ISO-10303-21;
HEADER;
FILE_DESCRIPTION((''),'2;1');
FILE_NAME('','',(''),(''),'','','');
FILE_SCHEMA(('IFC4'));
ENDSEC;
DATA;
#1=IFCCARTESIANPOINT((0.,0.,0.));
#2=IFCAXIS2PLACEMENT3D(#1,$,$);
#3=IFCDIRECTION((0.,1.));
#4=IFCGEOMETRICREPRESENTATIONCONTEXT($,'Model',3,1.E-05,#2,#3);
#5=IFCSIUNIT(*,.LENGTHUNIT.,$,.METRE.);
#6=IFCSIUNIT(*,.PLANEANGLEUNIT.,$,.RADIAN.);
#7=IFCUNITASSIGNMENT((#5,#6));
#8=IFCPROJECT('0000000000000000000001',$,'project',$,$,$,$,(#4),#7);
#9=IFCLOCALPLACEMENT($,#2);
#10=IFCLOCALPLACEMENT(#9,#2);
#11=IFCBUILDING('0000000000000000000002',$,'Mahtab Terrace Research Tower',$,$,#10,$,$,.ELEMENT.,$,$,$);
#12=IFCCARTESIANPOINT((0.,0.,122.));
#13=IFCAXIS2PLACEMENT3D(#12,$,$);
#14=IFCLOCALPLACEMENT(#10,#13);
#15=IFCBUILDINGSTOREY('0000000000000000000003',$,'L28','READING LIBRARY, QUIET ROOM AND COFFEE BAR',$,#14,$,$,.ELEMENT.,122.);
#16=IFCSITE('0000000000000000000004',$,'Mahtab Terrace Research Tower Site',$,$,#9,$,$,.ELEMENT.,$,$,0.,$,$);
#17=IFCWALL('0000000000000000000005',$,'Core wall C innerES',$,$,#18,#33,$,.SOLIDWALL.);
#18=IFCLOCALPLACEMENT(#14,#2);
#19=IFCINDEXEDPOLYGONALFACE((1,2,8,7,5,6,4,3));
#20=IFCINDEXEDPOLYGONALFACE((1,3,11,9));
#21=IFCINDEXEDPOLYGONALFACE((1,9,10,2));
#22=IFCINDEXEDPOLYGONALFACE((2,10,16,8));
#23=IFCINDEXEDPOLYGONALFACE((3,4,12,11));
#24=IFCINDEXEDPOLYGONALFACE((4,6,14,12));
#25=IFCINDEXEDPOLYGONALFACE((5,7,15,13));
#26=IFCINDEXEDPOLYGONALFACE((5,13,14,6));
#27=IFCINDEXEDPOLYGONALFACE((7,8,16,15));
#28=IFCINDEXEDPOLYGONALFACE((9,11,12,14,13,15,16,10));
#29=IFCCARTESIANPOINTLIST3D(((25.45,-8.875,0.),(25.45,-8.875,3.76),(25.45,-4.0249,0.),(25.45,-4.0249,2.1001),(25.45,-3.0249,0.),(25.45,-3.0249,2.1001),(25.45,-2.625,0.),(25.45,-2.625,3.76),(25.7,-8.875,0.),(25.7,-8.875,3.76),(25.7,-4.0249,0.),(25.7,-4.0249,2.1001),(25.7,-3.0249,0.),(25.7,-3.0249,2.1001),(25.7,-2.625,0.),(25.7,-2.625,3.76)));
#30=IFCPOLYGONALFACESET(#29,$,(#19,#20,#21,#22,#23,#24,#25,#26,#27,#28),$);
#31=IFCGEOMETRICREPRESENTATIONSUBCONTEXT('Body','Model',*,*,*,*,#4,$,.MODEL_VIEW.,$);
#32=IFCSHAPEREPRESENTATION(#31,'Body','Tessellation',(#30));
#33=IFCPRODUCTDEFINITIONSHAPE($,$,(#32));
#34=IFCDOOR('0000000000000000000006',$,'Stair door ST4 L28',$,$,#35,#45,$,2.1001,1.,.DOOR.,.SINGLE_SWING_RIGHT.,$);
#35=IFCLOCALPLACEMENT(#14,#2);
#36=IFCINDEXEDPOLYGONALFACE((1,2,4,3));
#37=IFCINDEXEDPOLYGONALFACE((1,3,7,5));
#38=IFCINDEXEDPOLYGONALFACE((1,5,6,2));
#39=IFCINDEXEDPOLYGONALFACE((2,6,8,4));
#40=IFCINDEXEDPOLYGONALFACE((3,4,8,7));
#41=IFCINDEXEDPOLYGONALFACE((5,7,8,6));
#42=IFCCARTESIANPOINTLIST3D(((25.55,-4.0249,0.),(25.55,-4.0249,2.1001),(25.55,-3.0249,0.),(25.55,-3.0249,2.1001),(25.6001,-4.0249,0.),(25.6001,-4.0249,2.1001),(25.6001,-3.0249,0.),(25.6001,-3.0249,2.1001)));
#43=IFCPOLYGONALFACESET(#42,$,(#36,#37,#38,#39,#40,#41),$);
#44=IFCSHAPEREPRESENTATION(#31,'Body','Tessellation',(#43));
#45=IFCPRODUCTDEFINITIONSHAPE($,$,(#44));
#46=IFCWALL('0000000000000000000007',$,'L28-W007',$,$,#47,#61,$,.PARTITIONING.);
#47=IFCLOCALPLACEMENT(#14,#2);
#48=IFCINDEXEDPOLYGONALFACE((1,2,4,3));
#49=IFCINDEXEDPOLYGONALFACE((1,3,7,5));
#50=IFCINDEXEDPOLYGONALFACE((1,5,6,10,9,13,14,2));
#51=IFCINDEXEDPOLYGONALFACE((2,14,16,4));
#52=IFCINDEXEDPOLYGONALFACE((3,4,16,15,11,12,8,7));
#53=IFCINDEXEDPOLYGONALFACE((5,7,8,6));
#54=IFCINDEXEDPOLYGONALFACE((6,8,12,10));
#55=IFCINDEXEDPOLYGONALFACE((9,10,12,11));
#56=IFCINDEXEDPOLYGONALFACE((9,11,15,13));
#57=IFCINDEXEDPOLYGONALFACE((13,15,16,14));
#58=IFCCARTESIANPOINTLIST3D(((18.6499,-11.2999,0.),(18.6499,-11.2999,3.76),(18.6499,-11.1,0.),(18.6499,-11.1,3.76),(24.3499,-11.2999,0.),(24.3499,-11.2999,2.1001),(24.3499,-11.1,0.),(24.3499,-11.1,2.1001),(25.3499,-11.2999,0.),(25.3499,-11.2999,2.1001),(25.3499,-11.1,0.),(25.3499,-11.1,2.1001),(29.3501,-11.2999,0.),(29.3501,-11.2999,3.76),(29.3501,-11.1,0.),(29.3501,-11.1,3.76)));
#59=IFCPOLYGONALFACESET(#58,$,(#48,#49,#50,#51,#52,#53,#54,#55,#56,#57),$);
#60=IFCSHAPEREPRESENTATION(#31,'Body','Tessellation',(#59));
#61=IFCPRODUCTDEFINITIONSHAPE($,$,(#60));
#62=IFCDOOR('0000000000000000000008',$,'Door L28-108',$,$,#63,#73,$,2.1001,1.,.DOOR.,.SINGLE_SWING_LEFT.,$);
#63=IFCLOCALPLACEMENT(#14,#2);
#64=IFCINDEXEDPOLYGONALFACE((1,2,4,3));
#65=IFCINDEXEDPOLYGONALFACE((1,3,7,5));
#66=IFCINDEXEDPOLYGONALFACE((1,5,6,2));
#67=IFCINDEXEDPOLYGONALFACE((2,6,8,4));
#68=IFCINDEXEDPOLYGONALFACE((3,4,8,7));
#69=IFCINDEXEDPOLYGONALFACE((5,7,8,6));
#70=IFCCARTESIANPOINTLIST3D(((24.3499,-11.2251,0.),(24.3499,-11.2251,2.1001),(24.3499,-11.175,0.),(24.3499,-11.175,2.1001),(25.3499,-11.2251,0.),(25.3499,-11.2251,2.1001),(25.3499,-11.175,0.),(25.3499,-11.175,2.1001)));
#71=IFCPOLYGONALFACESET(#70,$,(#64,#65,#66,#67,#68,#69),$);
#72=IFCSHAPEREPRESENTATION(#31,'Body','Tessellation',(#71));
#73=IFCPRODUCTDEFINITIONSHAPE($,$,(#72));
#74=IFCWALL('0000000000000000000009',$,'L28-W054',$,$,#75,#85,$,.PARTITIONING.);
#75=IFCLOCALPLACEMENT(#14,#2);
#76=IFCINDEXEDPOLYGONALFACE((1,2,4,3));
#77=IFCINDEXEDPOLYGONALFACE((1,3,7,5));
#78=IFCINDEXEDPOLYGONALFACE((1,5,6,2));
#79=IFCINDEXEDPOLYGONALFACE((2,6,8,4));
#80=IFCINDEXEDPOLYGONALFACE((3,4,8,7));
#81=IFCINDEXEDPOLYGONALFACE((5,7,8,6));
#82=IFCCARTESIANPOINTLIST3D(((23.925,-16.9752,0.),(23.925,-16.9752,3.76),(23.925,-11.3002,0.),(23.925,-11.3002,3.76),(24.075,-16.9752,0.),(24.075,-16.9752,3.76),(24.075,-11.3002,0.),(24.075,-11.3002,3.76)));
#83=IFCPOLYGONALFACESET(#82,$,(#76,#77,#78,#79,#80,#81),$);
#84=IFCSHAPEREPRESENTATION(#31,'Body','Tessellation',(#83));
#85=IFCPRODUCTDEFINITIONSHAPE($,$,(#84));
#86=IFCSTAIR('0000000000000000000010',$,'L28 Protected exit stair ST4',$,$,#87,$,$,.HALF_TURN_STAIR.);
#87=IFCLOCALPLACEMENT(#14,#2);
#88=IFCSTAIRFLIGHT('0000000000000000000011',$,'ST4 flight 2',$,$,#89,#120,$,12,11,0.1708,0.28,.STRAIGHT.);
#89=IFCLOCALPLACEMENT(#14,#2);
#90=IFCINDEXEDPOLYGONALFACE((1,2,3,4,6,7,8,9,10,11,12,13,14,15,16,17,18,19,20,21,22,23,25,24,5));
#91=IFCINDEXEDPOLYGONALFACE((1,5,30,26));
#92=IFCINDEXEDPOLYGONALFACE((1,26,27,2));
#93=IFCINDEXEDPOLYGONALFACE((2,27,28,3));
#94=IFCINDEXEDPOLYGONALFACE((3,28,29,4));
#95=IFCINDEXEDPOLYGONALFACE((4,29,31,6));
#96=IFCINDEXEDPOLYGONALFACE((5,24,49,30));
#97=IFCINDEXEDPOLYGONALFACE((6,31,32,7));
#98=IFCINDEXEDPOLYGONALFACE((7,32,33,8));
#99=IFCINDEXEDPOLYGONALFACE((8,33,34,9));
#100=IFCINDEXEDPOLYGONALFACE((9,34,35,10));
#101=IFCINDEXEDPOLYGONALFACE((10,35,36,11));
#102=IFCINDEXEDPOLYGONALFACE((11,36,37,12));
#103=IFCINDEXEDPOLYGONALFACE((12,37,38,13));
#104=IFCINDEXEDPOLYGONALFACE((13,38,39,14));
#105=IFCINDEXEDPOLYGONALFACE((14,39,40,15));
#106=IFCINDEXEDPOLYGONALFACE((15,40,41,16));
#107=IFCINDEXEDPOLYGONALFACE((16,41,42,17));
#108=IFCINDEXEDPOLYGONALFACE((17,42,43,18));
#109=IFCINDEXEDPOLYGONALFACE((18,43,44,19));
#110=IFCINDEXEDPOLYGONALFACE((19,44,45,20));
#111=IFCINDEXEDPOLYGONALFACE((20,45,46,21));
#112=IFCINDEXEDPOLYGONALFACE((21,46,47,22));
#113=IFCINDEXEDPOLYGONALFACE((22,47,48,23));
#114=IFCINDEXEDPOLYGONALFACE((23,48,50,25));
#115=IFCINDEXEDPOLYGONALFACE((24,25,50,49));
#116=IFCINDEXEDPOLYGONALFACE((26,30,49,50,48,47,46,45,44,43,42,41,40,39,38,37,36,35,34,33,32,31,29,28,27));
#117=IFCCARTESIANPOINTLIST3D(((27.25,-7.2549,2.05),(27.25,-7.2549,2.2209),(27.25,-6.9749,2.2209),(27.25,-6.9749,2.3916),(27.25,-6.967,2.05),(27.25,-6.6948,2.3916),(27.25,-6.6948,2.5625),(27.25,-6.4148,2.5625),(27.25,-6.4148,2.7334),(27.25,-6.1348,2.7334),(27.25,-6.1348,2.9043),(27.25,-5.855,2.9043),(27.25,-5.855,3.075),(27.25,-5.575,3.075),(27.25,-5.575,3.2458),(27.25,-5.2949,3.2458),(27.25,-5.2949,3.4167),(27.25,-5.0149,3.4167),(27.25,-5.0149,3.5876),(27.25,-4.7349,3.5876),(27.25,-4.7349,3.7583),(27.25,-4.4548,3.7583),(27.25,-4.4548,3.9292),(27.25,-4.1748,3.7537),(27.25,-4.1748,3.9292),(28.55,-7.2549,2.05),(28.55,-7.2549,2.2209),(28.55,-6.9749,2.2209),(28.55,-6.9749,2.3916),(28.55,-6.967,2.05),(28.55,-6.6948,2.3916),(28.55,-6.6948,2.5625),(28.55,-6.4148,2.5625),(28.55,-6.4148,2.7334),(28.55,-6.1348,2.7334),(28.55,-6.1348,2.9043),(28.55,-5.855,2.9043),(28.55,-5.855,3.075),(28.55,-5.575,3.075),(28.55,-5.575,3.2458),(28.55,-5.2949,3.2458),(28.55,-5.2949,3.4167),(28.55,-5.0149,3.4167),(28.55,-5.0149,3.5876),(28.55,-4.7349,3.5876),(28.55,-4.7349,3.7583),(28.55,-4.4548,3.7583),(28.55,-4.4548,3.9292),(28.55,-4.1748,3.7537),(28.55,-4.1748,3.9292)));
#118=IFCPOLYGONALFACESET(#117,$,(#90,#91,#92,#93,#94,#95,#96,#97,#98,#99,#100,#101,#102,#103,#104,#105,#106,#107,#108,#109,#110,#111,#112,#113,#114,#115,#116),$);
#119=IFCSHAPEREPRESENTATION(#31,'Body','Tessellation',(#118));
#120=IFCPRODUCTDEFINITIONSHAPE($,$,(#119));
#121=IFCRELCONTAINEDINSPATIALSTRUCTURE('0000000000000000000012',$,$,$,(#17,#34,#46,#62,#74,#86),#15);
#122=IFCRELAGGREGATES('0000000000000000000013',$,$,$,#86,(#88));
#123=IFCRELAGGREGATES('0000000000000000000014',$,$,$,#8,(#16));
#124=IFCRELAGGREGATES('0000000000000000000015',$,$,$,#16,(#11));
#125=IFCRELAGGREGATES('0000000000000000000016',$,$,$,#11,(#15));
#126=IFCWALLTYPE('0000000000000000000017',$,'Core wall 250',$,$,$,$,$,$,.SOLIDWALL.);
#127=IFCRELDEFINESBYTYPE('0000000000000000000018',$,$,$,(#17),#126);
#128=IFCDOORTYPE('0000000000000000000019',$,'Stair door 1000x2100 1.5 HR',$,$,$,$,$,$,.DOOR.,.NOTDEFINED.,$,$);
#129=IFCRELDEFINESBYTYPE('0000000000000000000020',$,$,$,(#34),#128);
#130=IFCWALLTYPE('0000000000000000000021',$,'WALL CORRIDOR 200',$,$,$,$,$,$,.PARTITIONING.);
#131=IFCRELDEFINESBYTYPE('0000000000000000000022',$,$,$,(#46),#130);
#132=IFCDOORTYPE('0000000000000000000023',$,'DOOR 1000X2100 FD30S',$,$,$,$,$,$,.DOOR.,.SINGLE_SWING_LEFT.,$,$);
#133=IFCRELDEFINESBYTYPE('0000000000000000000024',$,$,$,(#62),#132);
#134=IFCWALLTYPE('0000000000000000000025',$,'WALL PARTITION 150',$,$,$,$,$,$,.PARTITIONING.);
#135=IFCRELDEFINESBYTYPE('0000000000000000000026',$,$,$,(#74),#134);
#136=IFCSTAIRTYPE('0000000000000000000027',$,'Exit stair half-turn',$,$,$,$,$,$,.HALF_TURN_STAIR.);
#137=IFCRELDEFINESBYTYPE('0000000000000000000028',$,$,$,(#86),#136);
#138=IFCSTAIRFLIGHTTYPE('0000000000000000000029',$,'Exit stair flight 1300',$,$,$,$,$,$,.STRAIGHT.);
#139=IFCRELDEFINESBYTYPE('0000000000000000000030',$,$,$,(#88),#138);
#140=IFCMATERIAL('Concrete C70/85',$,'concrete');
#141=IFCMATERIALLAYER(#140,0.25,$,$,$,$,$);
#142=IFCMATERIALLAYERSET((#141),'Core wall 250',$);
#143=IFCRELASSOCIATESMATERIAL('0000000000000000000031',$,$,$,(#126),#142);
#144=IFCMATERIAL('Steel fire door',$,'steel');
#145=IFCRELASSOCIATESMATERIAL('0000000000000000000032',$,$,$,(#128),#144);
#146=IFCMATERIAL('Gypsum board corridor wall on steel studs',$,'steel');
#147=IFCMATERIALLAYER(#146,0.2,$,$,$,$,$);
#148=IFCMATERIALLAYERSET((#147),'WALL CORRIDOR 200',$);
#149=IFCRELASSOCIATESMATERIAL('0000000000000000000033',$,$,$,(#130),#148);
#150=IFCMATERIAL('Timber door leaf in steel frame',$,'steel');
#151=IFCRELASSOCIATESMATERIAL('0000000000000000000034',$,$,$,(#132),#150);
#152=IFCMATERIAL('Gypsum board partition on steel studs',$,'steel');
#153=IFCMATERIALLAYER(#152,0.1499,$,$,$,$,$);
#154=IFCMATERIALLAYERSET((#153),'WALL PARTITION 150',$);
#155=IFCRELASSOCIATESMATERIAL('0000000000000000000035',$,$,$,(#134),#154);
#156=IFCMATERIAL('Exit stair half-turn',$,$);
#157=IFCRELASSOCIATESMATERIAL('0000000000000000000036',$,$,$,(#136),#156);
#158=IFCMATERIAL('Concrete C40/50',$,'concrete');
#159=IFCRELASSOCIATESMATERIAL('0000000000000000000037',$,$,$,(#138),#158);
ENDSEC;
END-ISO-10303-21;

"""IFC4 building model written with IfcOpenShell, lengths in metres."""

from ifc_helpers import new_model, si_unit, direction, frame, frame_2d, origin, place, context, subcontext, project, spatial, polyline, rectangle, outline, extrude, material, layer, layer_set, type_object, element, fill, aggregate, save


model = new_model("IFC4")

# Units and contexts
model_context = context("Model", 3, precision=1e-05, world=origin(), true_north=direction((0.0, 1.0)))
body_context = subcontext(model_context, "Body", "Model", "MODEL_VIEW")
ifc_project = project(units=[si_unit("LENGTHUNIT", "METRE"), si_unit("PLANEANGLEUNIT", "RADIAN")], contexts=[model_context])

# Site, building, storey
site_placement = place(None, origin())
site = spatial("IfcSite", under=ifc_project, at=site_placement, Name="Mahtab Terrace Research Tower Site", CompositionType="ELEMENT", RefElevation=0.0)
building_placement = place(site_placement, origin())
building = spatial("IfcBuilding", under=site, at=building_placement, Name="Mahtab Terrace Research Tower", CompositionType="ELEMENT")
storey_placement = place(building_placement, frame((0.0, 0.0, 122.0)))
storey = spatial("IfcBuildingStorey", under=building, at=storey_placement, Name="L28", Description="READING LIBRARY, QUIET ROOM AND COFFEE BAR", CompositionType="ELEMENT", Elevation=122.0)

# Shared definitions
ifc_material_1 = material(Name="Concrete C70/85", Category="concrete")
ifc_layer_1 = layer(ifc_material_1, 0.25)
ifc_layer_set_1 = layer_set([ifc_layer_1], Name="Core wall 250")
wall_type_1 = type_object("IfcWallType", Name="Core wall 250", PredefinedType="SOLIDWALL", material=ifc_layer_set_1)
ifc_material_2 = material(Name="Steel fire door", Category="steel")

# Walls, openings, doors
wall_1_placement = place(storey_placement, frame((25.575, -8.875, 0.0), z_axis=(0.0, 0.0, 1.0), x_axis=(0.0, 1.0, 0.0)))
wall_1 = element("IfcWall", 1, at=wall_1_placement, inside=storey, type_object=wall_type_1, Name="Core wall C innerES", PredefinedType="SOLIDWALL", context=body_context, shape_type="SweptSolid", body=[
    extrude(rectangle(XDim=6.25, YDim=0.25, at=frame_2d((3.125, 0.0))), origin(), (0.0, 0.0, 1.0), 3.76),
])
opening_1_placement = place(wall_1_placement, frame((4.8501, 0.0, 0.0)))
opening_1 = element("IfcOpeningElement", 2, at=opening_1_placement, cuts=wall_1, PredefinedType="OPENING", context=body_context, shape_type="SweptSolid", body=[
    extrude(rectangle(XDim=1.0, YDim=2.1001, at=frame_2d((0.5, 1.05))), frame((0.0, 0.135, 0.0), z_axis=(0.0, -1.0, 0.0), x_axis=(1.0, 0.0, 0.0)), (0.0, 0.0, 1.0), 0.27),
])
door_type_1 = type_object("IfcDoorType", Name="Stair door 1000x2100 1.5 HR", OperationType="NOTDEFINED", PredefinedType="DOOR", material=ifc_material_2)
door_1_placement = place(opening_1_placement, origin())
door_1 = element("IfcDoor", 3, at=door_1_placement, inside=storey, type_object=door_type_1, Name="Stair door ST4 L28", OperationType="SINGLE_SWING_RIGHT", OverallHeight=2.1001, OverallWidth=1.0, PredefinedType="DOOR", context=body_context, shape_type="SweptSolid", body=[
    extrude(rectangle(XDim=1.0, YDim=2.1001, at=frame_2d((0.5, 1.05))), frame((0.0, 0.0249, 0.0), z_axis=(0.0, -1.0, 0.0), x_axis=(1.0, 0.0, 0.0)), (0.0, 0.0, 1.0), 0.05),
])
fill(opening_1, door_1)
ifc_material_3 = material(Name="Gypsum board corridor wall on steel studs", Category="steel")
ifc_layer_2 = layer(ifc_material_3, 0.2)
ifc_layer_set_2 = layer_set([ifc_layer_2], Name="WALL CORRIDOR 200")
wall_type_2 = type_object("IfcWallType", Name="WALL CORRIDOR 200", PredefinedType="PARTITIONING", material=ifc_layer_set_2)
wall_2_placement = place(storey_placement, frame((18.6499, -11.2, 0.0), z_axis=(0.0, 0.0, 1.0), x_axis=(1.0, 0.0, 0.0)))
wall_2 = element("IfcWall", 4, at=wall_2_placement, inside=storey, type_object=wall_type_2, Name="L28-W007", PredefinedType="PARTITIONING", context=body_context, shape_type="SweptSolid", body=[
    extrude(rectangle(XDim=10.7002, YDim=0.2, at=frame_2d((5.3501, 0.0))), origin(), (0.0, 0.0, 1.0), 3.76),
])
opening_2_placement = place(wall_2_placement, frame((5.7, 0.0, 0.0)))
opening_2 = element("IfcOpeningElement", 5, at=opening_2_placement, cuts=wall_2, PredefinedType="OPENING", context=body_context, shape_type="SweptSolid", body=[
    extrude(rectangle(XDim=1.0, YDim=2.1001, at=frame_2d((0.5, 1.05))), frame((0.0, 0.1099, 0.0), z_axis=(0.0, -1.0, 0.0), x_axis=(1.0, 0.0, 0.0)), (0.0, 0.0, 1.0), 0.22),
])
ifc_material_4 = material(Name="Timber door leaf in steel frame", Category="steel")
door_type_2 = type_object("IfcDoorType", Name="DOOR 1000X2100 FD30S", OperationType="SINGLE_SWING_LEFT", PredefinedType="DOOR", material=ifc_material_4)
door_2_placement = place(opening_2_placement, origin())
door_2 = element("IfcDoor", 6, at=door_2_placement, inside=storey, type_object=door_type_2, Name="Door L28-108", OperationType="SINGLE_SWING_LEFT", OverallHeight=2.1001, OverallWidth=1.0, PredefinedType="DOOR", context=body_context, shape_type="SweptSolid", body=[
    extrude(rectangle(XDim=1.0, YDim=2.1001, at=frame_2d((0.5, 1.05))), frame((0.0, 0.0249, 0.0), z_axis=(0.0, -1.0, 0.0), x_axis=(1.0, 0.0, 0.0)), (0.0, 0.0, 1.0), 0.05),
])
fill(opening_2, door_2)

# Wall
ifc_material_5 = material(Name="Gypsum board partition on steel studs", Category="steel")
ifc_layer_3 = layer(ifc_material_5, 0.1499)
ifc_layer_set_3 = layer_set([ifc_layer_3], Name="WALL PARTITION 150")
wall_type_3 = type_object("IfcWallType", Name="WALL PARTITION 150", PredefinedType="PARTITIONING", material=ifc_layer_set_3)
wall_3_placement = place(storey_placement, frame((24.0, -16.9751, 0.0), z_axis=(0.0, 0.0, 1.0), x_axis=(0.0, 1.0, 0.0)))
element("IfcWall", 7, at=wall_3_placement, inside=storey, type_object=wall_type_3, Name="L28-W054", PredefinedType="PARTITIONING", context=body_context, shape_type="SweptSolid", body=[
    extrude(rectangle(XDim=5.675, YDim=0.1499, at=frame_2d((2.8374, 0.0))), origin(), (0.0, 0.0, 1.0), 3.76),
])

# Stair, stair flight
ifc_material_6 = material(Name="Exit stair half-turn")
stair_type = type_object("IfcStairType", Name="Exit stair half-turn", PredefinedType="HALF_TURN_STAIR", material=ifc_material_6)
stair_placement = place(storey_placement, origin())
stair = element("IfcStair", 8, at=stair_placement, inside=storey, type_object=stair_type, Name="L28 Protected exit stair ST4", PredefinedType="HALF_TURN_STAIR")
ifc_material_7 = material(Name="Concrete C40/50", Category="concrete")
stair_flight_type = type_object("IfcStairFlightType", Name="Exit stair flight 1300", PredefinedType="STRAIGHT", material=ifc_material_7)
stair_flight_placement = place(storey_placement, frame((27.8999, -7.2549, 2.05), z_axis=(0.0, 0.0, 1.0), x_axis=(0.0, 1.0, 0.0)))
stair_flight = element("IfcStairFlight", 9, at=stair_flight_placement, type_object=stair_flight_type, Name="ST4 flight 2", NumberOfRisers=12, NumberOfTreads=11, PredefinedType="STRAIGHT", RiserHeight=0.1708, TreadLength=0.28, context=body_context, shape_type="SweptSolid", body=[
    extrude(outline(polyline([(0.0, 0.0), (0.0, 0.1709), (0.28, 0.1709), (0.28, 0.3416), (0.5601, 0.3416), (0.5601, 0.5125), (0.8401, 0.5125), (0.8401, 0.6833), (1.1201, 0.6833), (1.1201, 0.8542), (1.3999, 0.8542), (1.3999, 1.0249), (1.6799, 1.0249), (1.6799, 1.1958), (1.96, 1.1958), (1.96, 1.3667), (2.24, 1.3667), (2.24, 1.5376), (2.52, 1.5376), (2.52, 1.7083), (2.8, 1.7083), (2.8, 1.8792), (3.0801, 1.8792), (3.0801, 2.05), (3.0801, 1.7036), (0.2878, 0.0), (0.0, 0.0)])), frame((0.0, 0.6499, 0.0), z_axis=(0.0, -1.0, 0.0), x_axis=(1.0, 0.0, 0.0)), (0.0, 0.0, 1.0), 1.3),
])
aggregate(stair, [stair_flight])

save(model, "model.ifc")
